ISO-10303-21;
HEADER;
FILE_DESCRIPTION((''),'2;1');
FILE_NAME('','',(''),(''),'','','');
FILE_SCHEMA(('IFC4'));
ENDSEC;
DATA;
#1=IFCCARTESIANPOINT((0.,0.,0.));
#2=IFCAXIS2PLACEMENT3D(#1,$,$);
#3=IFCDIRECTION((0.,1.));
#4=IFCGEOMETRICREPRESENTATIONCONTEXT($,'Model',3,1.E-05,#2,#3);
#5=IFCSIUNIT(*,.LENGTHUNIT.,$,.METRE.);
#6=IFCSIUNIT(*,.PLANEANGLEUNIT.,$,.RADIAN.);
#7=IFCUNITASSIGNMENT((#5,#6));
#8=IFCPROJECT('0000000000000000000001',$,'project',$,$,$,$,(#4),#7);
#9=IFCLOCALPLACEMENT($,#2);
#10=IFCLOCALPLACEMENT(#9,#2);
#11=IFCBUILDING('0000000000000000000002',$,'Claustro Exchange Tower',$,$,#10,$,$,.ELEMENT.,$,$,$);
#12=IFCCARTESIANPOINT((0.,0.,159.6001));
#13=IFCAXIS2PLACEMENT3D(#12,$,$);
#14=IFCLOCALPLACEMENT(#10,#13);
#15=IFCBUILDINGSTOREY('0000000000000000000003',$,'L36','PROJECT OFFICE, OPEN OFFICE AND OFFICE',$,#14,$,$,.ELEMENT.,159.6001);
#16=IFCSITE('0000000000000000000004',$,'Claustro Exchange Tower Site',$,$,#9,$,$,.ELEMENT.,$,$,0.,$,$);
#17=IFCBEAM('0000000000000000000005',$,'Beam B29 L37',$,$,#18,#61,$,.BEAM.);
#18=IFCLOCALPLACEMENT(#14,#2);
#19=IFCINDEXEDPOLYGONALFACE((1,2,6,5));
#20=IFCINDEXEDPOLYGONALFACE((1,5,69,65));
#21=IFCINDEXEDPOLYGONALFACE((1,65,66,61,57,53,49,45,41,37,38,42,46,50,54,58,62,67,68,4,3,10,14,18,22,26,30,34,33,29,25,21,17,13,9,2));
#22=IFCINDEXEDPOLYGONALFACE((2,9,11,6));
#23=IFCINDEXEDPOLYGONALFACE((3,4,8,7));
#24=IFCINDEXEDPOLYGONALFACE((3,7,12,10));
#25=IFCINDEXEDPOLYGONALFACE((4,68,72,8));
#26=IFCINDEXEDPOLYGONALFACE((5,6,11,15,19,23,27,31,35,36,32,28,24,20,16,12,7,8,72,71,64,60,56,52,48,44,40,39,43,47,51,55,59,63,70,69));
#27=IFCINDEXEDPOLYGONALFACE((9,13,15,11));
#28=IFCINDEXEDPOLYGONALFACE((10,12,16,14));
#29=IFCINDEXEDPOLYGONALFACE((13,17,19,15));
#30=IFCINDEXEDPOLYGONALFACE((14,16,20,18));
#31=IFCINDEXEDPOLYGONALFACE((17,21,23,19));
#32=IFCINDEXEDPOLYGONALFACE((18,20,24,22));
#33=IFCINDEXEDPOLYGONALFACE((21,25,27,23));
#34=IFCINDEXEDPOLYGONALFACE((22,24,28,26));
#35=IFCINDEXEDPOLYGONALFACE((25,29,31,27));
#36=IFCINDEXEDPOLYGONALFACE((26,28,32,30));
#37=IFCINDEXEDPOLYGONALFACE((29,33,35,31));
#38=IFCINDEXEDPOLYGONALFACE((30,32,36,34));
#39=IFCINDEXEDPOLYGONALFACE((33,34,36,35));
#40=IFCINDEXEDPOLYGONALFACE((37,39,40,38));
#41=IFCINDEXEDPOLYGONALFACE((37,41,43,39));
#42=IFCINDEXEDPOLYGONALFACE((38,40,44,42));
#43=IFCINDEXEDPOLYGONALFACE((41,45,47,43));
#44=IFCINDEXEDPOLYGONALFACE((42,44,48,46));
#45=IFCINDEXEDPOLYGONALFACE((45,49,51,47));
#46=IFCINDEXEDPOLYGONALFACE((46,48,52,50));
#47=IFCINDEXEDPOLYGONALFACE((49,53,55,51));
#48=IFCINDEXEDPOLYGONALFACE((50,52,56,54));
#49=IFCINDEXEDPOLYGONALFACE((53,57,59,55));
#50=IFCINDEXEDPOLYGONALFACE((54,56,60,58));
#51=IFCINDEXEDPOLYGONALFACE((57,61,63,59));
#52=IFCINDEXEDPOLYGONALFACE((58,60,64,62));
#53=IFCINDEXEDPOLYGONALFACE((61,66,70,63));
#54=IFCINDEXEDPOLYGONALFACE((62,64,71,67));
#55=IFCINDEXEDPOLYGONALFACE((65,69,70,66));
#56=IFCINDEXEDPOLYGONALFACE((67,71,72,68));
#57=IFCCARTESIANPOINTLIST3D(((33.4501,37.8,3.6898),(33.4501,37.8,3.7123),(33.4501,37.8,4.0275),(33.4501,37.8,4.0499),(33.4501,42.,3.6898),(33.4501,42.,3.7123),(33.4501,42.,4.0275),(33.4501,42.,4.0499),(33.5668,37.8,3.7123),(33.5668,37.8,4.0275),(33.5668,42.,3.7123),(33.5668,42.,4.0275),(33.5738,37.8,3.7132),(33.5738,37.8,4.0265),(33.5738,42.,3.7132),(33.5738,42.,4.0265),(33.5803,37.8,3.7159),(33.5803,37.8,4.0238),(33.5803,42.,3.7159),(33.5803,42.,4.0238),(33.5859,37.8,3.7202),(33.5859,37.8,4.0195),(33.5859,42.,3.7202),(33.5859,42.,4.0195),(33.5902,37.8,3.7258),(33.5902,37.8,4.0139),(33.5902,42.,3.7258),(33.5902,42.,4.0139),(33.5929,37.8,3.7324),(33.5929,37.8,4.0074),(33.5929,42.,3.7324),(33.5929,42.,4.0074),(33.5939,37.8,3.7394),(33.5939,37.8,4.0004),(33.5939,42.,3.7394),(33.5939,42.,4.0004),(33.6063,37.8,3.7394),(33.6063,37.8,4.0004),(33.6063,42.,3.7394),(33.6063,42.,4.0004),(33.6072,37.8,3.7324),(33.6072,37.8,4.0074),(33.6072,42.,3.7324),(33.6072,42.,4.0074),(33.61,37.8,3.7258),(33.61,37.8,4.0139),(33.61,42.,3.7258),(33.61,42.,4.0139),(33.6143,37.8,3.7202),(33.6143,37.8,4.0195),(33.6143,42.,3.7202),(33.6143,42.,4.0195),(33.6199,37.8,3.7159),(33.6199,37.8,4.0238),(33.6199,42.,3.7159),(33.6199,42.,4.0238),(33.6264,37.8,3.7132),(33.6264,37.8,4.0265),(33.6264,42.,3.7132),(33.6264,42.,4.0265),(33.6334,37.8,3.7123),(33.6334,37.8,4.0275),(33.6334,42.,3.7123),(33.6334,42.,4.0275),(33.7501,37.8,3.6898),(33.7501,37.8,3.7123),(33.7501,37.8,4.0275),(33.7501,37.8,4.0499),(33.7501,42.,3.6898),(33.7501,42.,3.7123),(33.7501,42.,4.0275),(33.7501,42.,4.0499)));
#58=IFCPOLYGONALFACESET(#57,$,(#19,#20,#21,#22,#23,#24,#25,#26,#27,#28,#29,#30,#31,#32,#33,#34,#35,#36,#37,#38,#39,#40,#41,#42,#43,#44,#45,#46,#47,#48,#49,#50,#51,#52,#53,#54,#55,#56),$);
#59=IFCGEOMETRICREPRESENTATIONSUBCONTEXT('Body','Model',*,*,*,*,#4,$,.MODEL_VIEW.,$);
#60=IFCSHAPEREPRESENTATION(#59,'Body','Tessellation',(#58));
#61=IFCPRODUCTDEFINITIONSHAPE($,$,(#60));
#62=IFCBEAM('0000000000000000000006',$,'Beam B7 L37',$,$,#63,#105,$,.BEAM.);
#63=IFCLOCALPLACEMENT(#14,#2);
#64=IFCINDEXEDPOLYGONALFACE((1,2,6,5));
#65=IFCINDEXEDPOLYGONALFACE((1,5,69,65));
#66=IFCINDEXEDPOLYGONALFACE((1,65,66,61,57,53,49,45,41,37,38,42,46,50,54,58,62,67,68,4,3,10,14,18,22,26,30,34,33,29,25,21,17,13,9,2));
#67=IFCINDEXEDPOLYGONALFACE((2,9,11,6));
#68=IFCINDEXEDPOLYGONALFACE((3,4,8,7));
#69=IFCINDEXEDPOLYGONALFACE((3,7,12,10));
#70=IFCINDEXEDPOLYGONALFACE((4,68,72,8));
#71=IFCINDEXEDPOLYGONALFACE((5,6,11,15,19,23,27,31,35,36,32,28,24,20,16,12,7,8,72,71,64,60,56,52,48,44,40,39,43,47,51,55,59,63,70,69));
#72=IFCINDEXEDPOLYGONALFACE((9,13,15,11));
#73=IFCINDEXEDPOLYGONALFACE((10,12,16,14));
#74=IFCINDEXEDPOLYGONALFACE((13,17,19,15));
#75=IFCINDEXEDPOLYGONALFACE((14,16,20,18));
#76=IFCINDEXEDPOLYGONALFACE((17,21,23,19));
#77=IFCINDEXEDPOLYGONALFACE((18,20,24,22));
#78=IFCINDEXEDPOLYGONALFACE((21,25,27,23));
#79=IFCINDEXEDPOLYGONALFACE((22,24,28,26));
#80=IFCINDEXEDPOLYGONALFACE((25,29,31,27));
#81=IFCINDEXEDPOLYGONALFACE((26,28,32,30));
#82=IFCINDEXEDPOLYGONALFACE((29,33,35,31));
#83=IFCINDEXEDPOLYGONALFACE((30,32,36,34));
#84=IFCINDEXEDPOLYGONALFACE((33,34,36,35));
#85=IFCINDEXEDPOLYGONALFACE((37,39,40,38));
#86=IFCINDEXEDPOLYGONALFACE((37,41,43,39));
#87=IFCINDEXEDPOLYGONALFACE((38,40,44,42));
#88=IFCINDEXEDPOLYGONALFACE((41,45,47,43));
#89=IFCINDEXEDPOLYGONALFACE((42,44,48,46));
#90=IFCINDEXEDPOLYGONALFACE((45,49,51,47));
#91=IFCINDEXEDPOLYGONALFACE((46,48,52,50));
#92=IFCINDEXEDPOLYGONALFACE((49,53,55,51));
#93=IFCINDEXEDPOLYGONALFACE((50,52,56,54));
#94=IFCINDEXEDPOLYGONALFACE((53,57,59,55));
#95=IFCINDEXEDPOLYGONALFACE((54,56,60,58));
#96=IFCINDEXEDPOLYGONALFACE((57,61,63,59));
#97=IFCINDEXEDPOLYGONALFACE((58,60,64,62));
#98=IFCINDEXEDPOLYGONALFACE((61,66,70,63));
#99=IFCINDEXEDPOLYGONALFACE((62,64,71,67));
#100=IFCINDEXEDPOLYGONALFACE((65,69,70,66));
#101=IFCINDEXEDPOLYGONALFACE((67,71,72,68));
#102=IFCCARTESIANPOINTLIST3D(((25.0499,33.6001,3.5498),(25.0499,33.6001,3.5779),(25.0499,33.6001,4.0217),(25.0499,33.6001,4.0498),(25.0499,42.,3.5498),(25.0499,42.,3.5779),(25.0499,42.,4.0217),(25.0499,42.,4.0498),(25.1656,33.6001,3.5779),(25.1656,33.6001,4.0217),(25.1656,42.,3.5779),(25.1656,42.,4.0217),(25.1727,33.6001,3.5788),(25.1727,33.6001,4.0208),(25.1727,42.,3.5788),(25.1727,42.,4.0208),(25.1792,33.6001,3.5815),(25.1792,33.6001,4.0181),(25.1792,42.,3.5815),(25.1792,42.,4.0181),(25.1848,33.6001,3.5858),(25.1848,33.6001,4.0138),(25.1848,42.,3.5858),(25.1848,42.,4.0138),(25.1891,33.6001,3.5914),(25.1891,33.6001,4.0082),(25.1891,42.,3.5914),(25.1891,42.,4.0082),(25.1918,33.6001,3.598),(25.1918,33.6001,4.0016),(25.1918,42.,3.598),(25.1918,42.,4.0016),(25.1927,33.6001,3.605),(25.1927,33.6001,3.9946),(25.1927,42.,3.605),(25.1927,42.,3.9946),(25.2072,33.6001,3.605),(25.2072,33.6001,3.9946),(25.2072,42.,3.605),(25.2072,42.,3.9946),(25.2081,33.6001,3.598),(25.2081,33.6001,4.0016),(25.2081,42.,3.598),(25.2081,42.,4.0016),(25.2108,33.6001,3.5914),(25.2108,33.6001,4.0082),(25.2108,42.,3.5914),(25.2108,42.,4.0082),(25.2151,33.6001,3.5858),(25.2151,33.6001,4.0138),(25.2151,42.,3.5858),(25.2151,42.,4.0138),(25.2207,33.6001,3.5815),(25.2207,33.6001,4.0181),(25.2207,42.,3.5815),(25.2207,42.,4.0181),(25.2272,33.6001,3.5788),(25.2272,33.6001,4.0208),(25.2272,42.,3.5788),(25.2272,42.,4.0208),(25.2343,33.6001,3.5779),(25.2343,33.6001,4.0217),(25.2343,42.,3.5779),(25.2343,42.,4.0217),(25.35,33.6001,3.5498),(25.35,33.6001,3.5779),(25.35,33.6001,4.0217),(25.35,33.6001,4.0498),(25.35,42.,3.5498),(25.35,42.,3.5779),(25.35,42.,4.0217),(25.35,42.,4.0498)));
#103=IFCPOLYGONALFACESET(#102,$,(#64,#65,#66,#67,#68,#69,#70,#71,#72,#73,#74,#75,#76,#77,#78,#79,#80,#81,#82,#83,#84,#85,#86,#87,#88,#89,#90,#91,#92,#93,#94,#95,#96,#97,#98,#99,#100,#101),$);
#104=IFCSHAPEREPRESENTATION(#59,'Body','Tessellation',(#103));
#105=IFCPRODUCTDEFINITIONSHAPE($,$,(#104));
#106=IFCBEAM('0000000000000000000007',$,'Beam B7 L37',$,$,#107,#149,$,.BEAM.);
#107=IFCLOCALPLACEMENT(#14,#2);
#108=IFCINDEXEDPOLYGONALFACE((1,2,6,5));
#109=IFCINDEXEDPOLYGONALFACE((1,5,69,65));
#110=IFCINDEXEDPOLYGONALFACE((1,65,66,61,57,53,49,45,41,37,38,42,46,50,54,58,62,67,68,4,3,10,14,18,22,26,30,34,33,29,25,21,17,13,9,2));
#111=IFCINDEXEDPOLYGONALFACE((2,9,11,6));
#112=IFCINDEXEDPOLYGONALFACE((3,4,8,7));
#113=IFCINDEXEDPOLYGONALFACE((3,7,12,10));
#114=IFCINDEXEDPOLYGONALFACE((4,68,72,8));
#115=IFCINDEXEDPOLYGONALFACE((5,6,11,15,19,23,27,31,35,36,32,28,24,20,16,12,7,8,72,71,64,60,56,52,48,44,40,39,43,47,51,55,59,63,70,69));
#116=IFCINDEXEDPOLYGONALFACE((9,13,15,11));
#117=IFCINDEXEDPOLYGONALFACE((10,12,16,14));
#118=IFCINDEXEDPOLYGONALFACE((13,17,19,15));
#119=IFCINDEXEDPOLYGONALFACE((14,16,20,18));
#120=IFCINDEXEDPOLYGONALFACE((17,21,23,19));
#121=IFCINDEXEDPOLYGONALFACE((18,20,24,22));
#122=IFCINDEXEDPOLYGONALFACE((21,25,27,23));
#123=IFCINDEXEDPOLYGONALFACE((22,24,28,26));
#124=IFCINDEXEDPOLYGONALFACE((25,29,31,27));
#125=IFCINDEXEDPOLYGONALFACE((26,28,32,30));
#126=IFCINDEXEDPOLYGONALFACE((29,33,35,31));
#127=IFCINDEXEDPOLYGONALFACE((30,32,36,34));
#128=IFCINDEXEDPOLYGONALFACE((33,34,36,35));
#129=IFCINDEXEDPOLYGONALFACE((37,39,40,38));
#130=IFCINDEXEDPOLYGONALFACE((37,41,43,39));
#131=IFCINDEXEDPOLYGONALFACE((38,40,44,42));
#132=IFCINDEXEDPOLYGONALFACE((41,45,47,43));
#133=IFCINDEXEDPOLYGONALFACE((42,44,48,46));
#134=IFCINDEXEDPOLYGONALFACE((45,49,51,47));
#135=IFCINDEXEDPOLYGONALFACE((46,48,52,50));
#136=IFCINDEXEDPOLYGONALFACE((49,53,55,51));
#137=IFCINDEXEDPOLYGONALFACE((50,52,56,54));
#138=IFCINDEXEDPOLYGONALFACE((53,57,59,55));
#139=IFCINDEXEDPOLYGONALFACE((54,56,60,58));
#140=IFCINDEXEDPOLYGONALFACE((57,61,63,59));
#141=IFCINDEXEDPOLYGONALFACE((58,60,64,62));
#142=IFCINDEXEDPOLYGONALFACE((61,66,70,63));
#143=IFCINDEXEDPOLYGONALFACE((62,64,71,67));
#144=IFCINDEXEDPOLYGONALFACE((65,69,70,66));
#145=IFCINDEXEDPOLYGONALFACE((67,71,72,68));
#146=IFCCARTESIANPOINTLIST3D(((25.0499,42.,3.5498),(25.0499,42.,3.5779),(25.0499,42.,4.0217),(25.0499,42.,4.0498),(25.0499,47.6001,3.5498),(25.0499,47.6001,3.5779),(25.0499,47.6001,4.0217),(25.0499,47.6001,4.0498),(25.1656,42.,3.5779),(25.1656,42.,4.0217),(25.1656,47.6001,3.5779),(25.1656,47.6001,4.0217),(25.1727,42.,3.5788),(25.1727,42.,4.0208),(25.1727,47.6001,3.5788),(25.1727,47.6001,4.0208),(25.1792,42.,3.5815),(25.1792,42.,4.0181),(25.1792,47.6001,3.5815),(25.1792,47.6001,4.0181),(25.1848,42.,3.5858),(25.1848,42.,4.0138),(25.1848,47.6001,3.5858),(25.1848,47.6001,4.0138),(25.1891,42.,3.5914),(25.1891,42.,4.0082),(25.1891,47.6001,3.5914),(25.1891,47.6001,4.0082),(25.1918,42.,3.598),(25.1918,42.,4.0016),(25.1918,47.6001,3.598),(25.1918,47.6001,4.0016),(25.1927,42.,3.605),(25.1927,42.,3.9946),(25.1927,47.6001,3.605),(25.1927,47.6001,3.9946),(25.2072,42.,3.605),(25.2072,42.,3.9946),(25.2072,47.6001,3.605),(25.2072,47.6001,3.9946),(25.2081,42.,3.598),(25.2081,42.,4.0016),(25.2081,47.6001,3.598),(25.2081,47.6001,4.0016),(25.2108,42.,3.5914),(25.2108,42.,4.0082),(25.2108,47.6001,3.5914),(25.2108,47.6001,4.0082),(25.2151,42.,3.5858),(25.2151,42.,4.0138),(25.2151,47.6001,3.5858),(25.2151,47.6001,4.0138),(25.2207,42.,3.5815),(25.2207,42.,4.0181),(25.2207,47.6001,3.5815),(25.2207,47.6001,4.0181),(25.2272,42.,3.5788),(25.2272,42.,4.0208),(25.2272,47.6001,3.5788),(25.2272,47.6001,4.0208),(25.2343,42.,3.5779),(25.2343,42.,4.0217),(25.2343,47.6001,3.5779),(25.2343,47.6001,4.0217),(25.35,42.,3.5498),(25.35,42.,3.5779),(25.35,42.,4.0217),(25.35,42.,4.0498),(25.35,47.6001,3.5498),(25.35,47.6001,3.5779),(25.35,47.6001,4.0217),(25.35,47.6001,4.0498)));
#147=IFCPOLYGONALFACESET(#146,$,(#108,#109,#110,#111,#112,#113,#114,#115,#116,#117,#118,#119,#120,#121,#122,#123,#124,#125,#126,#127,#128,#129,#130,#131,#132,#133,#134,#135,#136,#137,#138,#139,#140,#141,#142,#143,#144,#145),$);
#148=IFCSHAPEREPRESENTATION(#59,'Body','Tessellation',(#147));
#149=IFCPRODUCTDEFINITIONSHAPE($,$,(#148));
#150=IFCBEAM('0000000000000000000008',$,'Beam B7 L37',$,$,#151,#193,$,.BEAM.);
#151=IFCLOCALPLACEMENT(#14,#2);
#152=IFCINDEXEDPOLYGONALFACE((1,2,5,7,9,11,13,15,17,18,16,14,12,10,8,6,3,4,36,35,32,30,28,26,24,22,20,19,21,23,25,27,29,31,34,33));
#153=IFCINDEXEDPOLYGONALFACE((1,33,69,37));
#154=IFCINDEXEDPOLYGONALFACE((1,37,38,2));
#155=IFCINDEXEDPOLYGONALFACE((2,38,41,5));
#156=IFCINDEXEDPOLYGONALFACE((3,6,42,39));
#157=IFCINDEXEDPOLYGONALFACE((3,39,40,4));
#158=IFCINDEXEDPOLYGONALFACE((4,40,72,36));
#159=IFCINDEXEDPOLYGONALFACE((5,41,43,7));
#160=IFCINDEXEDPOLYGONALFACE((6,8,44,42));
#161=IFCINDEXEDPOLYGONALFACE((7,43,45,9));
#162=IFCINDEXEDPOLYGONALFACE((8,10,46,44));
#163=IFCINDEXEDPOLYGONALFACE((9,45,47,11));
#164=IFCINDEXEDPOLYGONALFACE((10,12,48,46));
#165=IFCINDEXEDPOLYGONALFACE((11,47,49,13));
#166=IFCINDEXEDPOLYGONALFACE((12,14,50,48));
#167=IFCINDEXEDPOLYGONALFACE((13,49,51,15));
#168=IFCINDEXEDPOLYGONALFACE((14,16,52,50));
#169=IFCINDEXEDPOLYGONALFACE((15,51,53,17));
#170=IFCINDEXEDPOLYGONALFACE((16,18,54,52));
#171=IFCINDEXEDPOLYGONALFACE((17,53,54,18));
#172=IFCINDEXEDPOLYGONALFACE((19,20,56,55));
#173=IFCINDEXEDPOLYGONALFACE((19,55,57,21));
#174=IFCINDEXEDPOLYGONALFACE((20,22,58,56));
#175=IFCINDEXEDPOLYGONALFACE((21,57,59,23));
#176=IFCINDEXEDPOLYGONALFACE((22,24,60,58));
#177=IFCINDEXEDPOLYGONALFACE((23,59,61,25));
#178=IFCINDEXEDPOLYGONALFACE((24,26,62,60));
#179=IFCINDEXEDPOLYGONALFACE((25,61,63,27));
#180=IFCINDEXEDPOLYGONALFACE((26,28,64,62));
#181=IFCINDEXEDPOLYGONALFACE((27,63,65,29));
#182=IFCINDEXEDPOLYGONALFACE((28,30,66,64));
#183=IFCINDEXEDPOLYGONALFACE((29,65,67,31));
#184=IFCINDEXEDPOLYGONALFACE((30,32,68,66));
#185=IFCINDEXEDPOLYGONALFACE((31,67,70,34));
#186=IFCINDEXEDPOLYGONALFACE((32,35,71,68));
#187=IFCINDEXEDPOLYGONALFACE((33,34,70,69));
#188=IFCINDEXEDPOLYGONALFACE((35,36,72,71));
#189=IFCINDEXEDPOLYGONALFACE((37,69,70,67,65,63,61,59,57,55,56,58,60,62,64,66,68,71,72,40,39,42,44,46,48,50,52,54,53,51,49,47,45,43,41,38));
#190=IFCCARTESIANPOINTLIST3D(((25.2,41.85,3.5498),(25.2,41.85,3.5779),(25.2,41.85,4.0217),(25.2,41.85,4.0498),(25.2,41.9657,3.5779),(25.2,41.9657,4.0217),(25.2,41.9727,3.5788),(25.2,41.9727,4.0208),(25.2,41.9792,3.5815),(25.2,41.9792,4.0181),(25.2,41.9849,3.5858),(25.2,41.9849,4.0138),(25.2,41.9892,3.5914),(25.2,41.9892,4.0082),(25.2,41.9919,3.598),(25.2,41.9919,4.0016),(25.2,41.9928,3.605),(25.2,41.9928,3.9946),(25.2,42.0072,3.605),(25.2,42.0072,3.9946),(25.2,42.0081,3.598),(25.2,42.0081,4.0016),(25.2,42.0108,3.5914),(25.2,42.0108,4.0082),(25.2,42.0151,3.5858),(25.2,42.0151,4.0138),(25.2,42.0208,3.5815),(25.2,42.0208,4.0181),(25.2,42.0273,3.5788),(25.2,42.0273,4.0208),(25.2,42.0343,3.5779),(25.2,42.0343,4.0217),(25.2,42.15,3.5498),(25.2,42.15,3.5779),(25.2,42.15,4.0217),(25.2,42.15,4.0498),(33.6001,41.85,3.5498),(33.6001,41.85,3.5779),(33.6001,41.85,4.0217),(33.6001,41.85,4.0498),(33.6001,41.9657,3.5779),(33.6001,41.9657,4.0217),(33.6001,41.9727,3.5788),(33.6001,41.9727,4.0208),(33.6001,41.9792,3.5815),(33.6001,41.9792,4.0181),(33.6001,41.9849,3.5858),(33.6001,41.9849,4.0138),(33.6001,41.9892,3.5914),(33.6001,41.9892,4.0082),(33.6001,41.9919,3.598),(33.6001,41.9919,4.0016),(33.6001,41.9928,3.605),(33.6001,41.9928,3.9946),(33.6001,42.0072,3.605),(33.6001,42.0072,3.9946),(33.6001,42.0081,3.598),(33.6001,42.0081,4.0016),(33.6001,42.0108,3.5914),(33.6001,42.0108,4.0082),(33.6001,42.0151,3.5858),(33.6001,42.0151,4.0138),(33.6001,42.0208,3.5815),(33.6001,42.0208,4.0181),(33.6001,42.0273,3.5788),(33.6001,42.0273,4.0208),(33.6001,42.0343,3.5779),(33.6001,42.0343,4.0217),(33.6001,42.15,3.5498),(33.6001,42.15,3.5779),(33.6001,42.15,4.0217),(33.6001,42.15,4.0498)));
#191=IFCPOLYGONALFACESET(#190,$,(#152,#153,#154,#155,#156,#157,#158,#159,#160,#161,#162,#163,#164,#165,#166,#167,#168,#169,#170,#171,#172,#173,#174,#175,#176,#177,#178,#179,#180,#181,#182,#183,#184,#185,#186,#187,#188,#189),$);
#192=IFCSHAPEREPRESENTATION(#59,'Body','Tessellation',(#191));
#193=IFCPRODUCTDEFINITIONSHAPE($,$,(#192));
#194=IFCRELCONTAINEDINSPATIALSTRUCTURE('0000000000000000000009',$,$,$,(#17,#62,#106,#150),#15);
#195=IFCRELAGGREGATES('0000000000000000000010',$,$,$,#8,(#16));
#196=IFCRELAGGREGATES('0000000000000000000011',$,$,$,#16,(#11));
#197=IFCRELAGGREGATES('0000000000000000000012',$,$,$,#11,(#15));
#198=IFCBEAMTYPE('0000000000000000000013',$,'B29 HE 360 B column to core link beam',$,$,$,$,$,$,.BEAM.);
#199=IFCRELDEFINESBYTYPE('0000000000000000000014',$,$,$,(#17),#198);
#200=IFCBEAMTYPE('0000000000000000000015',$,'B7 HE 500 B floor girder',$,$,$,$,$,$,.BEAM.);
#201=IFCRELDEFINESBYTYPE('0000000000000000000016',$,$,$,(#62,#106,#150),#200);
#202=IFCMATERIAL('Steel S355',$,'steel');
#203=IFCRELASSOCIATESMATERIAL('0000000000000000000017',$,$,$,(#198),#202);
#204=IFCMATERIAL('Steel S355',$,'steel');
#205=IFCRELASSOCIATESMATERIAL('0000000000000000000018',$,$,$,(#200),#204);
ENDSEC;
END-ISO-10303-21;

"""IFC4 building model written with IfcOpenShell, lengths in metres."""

from ifc_helpers import new_model, si_unit, direction, frame, origin, origin_2d, place, context, subcontext, project, spatial, i_section, extrude, material, material_profile, profile_set, type_object, element, save


model = new_model("IFC4")

# Units and contexts
model_context = context("Model", 3, precision=1e-05, world=origin(), true_north=direction((0.0, 1.0)))
body_context = subcontext(model_context, "Body", "Model", "MODEL_VIEW")
ifc_project = project(units=[si_unit("LENGTHUNIT", "METRE"), si_unit("PLANEANGLEUNIT", "RADIAN")], contexts=[model_context])

# Site, building, storey
site_placement = place(None, origin())
site = spatial("IfcSite", under=ifc_project, at=site_placement, Name="Claustro Exchange Tower Site", CompositionType="ELEMENT", RefElevation=0.0)
building_placement = place(site_placement, origin())
building = spatial("IfcBuilding", under=site, at=building_placement, Name="Claustro Exchange Tower", CompositionType="ELEMENT")
storey_placement = place(building_placement, frame((0.0, 0.0, 159.6001)))
storey = spatial("IfcBuildingStorey", under=building, at=storey_placement, Name="L36", Description="PROJECT OFFICE, OPEN OFFICE AND OFFICE", CompositionType="ELEMENT", Elevation=159.6001)

# Beams
ifc_material_1 = material(Name="Steel S355", Category="steel")
ifc_material_profile_1 = material_profile(ifc_material_1, i_section(OverallWidth=0.3, OverallDepth=0.3601, WebThickness=0.0125, FlangeThickness=0.0225, FilletRadius=0.0271, at=origin_2d()), Name="HE 360 B")
ifc_profile_set_1 = profile_set([ifc_material_profile_1], Name="Steel S355")
beam_type_1 = type_object("IfcBeamType", Name="B29 HE 360 B column to core link beam", PredefinedType="BEAM", material=ifc_profile_set_1)
beam_1_placement = place(storey_placement, frame((33.6001, 37.8, 3.8699), z_axis=(0.0, 1.0, 0.0), x_axis=(-1.0, 0.0, 0.0)))
element("IfcBeam", 1, at=beam_1_placement, inside=storey, type_object=beam_type_1, Name="Beam B29 L37", PredefinedType="BEAM", context=body_context, shape_type="SweptSolid", body=[
    extrude(i_section(OverallWidth=0.3, OverallDepth=0.3601, WebThickness=0.0125, FlangeThickness=0.0225, FilletRadius=0.0271, at=origin_2d()), origin(), (0.0, 0.0, 1.0), 4.2),
])
ifc_material_2 = material(Name="Steel S355", Category="steel")
ifc_material_profile_2 = material_profile(ifc_material_2, i_section(OverallWidth=0.3, OverallDepth=0.5, WebThickness=0.0144, FlangeThickness=0.0281, FilletRadius=0.0271, at=origin_2d()), Name="HE 500 B")
ifc_profile_set_2 = profile_set([ifc_material_profile_2], Name="Steel S355")
beam_type_2 = type_object("IfcBeamType", Name="B7 HE 500 B floor girder", PredefinedType="BEAM", material=ifc_profile_set_2)
beam_2_placement = place(storey_placement, frame((25.2, 33.6001, 3.7998), z_axis=(0.0, 1.0, 0.0), x_axis=(-1.0, 0.0, 0.0)))
element("IfcBeam", 2, at=beam_2_placement, inside=storey, type_object=beam_type_2, Name="Beam B7 L37", PredefinedType="BEAM", context=body_context, shape_type="SweptSolid", body=[
    extrude(i_section(OverallWidth=0.3, OverallDepth=0.5, WebThickness=0.0144, FlangeThickness=0.0281, FilletRadius=0.0271, at=origin_2d()), origin(), (0.0, 0.0, 1.0), 8.3999),
])
beam_3_placement = place(storey_placement, frame((25.2, 42.0, 3.7998), z_axis=(0.0, 1.0, 0.0), x_axis=(-1.0, 0.0, 0.0)))
element("IfcBeam", 3, at=beam_3_placement, inside=storey, type_object=beam_type_2, Name="Beam B7 L37", PredefinedType="BEAM", context=body_context, shape_type="SweptSolid", body=[
    extrude(i_section(OverallWidth=0.3, OverallDepth=0.5, WebThickness=0.0144, FlangeThickness=0.0281, FilletRadius=0.0271, at=origin_2d()), origin(), (0.0, 0.0, 1.0), 5.6001),
])
beam_4_placement = place(storey_placement, frame((25.2, 42.0, 3.7998), z_axis=(1.0, 0.0, 0.0), x_axis=(0.0, 1.0, 0.0)))
element("IfcBeam", 4, at=beam_4_placement, inside=storey, type_object=beam_type_2, Name="Beam B7 L37", PredefinedType="BEAM", context=body_context, shape_type="SweptSolid", body=[
    extrude(i_section(OverallWidth=0.3, OverallDepth=0.5, WebThickness=0.0144, FlangeThickness=0.0281, FilletRadius=0.0271, at=origin_2d()), origin(), (0.0, 0.0, 1.0), 8.4001),
])

save(model, "model.ifc")
